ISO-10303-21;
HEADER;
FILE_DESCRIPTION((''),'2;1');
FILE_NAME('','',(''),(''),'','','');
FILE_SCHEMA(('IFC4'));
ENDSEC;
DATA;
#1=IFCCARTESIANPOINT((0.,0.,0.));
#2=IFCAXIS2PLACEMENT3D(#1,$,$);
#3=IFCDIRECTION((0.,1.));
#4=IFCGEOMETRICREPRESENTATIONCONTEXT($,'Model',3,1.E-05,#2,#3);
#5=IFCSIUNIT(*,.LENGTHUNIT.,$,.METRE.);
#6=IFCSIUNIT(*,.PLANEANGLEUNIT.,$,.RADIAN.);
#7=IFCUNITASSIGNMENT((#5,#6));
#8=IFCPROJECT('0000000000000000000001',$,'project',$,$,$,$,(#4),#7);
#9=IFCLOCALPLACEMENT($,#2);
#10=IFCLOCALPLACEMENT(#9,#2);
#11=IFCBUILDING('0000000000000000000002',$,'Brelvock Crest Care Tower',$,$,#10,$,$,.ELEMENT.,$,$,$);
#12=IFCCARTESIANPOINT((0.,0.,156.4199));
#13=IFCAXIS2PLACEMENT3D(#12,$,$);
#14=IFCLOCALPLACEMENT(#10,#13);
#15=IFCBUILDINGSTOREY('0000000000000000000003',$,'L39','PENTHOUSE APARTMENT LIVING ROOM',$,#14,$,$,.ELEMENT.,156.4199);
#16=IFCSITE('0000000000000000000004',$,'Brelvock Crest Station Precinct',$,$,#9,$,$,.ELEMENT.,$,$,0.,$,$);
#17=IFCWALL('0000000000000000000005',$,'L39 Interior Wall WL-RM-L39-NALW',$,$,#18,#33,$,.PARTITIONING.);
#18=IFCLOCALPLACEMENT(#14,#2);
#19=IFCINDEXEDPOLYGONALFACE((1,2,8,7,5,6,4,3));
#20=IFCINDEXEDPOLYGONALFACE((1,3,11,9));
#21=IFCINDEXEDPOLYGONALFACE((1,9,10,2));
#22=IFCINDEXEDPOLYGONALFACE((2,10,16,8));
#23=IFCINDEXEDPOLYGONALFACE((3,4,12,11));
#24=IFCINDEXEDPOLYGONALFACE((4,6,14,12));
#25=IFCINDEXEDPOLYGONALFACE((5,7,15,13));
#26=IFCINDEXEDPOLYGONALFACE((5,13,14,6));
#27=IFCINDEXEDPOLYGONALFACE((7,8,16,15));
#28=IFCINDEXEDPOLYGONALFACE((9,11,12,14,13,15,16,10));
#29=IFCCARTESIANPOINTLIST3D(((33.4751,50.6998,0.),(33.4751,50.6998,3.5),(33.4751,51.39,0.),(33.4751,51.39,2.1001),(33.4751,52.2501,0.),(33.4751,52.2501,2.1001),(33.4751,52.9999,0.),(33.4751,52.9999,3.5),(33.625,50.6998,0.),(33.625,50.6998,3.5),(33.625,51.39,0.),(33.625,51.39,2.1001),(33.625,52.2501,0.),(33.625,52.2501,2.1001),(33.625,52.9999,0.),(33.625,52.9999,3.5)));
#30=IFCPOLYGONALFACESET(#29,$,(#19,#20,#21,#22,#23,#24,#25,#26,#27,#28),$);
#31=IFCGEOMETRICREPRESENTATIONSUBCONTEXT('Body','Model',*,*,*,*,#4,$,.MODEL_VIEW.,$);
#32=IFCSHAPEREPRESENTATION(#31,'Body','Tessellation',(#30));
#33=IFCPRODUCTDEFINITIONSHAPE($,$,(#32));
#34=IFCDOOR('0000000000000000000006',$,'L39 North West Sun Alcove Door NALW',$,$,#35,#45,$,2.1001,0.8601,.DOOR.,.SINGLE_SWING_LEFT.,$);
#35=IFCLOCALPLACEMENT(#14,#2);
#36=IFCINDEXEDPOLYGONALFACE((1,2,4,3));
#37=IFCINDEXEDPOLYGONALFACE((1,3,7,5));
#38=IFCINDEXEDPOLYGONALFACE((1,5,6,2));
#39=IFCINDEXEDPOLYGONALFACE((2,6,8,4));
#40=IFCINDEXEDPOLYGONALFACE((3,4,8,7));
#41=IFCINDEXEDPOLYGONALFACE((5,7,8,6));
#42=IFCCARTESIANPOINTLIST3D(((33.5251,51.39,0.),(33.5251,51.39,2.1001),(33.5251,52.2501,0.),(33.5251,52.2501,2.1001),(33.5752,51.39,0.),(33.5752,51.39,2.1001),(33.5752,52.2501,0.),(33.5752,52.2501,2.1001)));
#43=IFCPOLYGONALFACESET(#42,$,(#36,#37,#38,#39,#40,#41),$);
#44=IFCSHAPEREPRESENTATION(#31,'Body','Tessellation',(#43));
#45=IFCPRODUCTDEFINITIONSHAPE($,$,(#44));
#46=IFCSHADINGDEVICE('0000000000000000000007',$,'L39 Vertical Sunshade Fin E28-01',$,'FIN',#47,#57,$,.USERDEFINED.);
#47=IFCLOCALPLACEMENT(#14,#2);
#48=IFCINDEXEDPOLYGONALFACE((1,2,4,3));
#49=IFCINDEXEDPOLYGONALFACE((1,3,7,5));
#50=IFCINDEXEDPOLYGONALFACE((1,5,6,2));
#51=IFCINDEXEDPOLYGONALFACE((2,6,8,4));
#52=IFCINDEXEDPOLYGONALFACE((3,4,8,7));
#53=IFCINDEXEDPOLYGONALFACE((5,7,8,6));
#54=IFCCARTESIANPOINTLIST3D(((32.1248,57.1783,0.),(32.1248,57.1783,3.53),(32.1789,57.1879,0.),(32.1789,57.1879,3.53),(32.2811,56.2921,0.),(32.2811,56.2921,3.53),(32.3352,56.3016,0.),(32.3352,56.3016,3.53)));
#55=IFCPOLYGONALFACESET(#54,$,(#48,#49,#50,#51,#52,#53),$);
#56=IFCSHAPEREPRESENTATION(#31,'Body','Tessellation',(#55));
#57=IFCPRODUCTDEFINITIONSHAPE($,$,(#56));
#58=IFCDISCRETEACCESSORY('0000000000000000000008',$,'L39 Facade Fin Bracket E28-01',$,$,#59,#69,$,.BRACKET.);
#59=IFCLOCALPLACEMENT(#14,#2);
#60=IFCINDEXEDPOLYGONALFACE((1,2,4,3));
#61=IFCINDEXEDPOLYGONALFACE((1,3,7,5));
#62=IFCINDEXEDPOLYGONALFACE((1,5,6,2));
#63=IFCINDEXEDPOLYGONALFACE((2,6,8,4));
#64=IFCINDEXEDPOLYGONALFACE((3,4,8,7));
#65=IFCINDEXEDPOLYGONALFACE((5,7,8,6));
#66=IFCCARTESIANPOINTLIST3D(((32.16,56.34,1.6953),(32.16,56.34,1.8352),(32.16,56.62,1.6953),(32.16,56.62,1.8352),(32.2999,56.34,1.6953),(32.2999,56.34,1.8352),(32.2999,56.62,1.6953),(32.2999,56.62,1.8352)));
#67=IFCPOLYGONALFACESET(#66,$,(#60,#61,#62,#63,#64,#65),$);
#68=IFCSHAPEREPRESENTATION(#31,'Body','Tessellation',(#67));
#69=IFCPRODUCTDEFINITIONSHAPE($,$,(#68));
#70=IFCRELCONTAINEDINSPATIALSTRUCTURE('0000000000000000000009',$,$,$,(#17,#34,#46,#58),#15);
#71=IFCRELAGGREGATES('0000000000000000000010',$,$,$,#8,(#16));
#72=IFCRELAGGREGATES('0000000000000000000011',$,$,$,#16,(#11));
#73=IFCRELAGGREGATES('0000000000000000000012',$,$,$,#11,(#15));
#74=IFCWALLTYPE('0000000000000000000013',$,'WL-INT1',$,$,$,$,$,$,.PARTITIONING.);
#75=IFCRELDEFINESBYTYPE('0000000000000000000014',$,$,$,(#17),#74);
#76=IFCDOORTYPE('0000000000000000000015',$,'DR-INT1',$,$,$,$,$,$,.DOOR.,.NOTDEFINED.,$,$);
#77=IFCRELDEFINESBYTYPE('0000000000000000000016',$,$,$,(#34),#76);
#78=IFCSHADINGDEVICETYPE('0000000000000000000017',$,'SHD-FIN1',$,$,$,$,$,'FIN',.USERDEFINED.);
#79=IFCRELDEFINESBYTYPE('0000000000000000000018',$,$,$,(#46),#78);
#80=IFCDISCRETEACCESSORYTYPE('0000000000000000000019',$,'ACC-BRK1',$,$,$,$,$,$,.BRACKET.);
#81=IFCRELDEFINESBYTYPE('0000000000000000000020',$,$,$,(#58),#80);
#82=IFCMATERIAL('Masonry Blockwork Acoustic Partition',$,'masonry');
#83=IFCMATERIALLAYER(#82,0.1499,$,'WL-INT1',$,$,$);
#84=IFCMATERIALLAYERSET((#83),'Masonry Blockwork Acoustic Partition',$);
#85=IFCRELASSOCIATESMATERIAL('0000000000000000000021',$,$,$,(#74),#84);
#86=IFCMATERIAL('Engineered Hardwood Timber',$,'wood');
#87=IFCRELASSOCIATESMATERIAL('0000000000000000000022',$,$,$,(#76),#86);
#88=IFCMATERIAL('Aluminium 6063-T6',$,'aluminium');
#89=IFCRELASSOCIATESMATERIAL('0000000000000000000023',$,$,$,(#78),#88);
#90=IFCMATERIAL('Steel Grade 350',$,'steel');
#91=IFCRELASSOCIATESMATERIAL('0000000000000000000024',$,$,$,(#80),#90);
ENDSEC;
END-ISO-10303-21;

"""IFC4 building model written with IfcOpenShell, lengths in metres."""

from ifc_helpers import new_model, si_unit, direction, frame, frame_2d, origin, origin_2d, place, context, subcontext, project, spatial, rectangle, extrude, source, transform, mapped, material, layer, layer_set, material_profile, profile_set, type_object, element, fill, save


model = new_model("IFC4")

# Units and contexts
model_context = context("Model", 3, precision=1e-05, world=origin(), true_north=direction((0.0, 1.0)))
body_context = subcontext(model_context, "Body", "Model", "MODEL_VIEW")
ifc_project = project(units=[si_unit("LENGTHUNIT", "METRE"), si_unit("PLANEANGLEUNIT", "RADIAN")], contexts=[model_context])

# Site, building, storey
site_placement = place(None, origin())
site = spatial("IfcSite", under=ifc_project, at=site_placement, Name="Brelvock Crest Station Precinct", CompositionType="ELEMENT", RefElevation=0.0)
building_placement = place(site_placement, origin())
building = spatial("IfcBuilding", under=site, at=building_placement, Name="Brelvock Crest Care Tower", CompositionType="ELEMENT")
storey_placement = place(building_placement, frame((0.0, 0.0, 156.4199)))
storey = spatial("IfcBuildingStorey", under=building, at=storey_placement, Name="L39", Description="PENTHOUSE APARTMENT LIVING ROOM", CompositionType="ELEMENT", Elevation=156.4199)

# Shared definitions
ifc_material_1 = material(Name="Steel Grade 350", Category="steel")

# Shared definitions
ifc_material_2 = material(Name="Aluminium 6063-T6", Category="aluminium")

# Shared definitions
ifc_material_3 = material(Name="Masonry Blockwork Acoustic Partition", Category="masonry")
ifc_layer_1 = layer(ifc_material_3, 0.1499, Name="WL-INT1")
ifc_layer_set_1 = layer_set([ifc_layer_1], Name="Masonry Blockwork Acoustic Partition")
wall_type = type_object("IfcWallType", Name="WL-INT1", PredefinedType="PARTITIONING", material=ifc_layer_set_1)

# Wall, opening, door
wall_1_placement = place(storey_placement, frame((33.55, 50.7, 0.0), z_axis=(0.0, 0.0, 1.0), x_axis=(0.0, 1.0, 0.0)))
wall_1 = element("IfcWall", 1, at=wall_1_placement, inside=storey, type_object=wall_type, Name="L39 Interior Wall WL-RM-L39-NALW", PredefinedType="PARTITIONING", context=body_context, shape_type="SweptSolid", body=[
    extrude(rectangle(XDim=2.3, YDim=0.1499, at=frame_2d((1.1499, 0.0))), origin(), (0.0, 0.0, 1.0), 3.5),
])
opening_placement = place(wall_1_placement, frame((0.6899, 0.0, 0.0)))
opening = element("IfcOpeningElement", 2, at=opening_placement, cuts=wall_1, PredefinedType="OPENING", context=body_context, shape_type="SweptSolid", body=[
    extrude(rectangle(XDim=0.8601, YDim=2.1001, at=origin_2d()), frame((0.4302, 0.085, 1.05), z_axis=(0.0, -1.0, 0.0), x_axis=(1.0, 0.0, 0.0)), (0.0, 0.0, 1.0), 0.1699),
])
ifc_material_4 = material(Name="Engineered Hardwood Timber", Category="wood")
door_type = type_object("IfcDoorType", Name="DR-INT1", OperationType="NOTDEFINED", PredefinedType="DOOR", material=ifc_material_4)
shared_shape_1 = source(origin(), body_context, "Body", "SweptSolid", [
    extrude(rectangle(XDim=0.8601, YDim=2.1001, at=origin_2d()), frame((0.4302, 0.0249, 1.05), z_axis=(0.0, -1.0, 0.0), x_axis=(1.0, 0.0, 0.0)), (0.0, 0.0, 1.0), 0.05),
])
door_placement = place(opening_placement, origin())
door = element("IfcDoor", 3, at=door_placement, inside=storey, type_object=door_type, Name="L39 North West Sun Alcove Door NALW", OperationType="SINGLE_SWING_LEFT", OverallHeight=2.1001, OverallWidth=0.8601, PredefinedType="DOOR", context=body_context, shape_type="MappedRepresentation", body=[
    mapped(shared_shape_1, transform((0.0, 0.0, 0.0), x_axis=(1.0, 0.0, 0.0), y_axis=(0.0, 1.0, 0.0), z_axis=(0.0, 0.0, 1.0), scale=1.0)),
])
fill(opening, door)

# Shading device
ifc_material_profile_1 = material_profile(ifc_material_2, rectangle(XDim=0.0549, YDim=0.8999, at=origin_2d()), Name="FIN55x900")
ifc_profile_set_1 = profile_set([ifc_material_profile_1], Name="Aluminium 6063-T6")
shading_device_type = type_object("IfcShadingDeviceType", Name="SHD-FIN1", ElementType="FIN", PredefinedType="USERDEFINED", material=ifc_profile_set_1)
shared_shape_2 = source(origin(), body_context, "Body", "SweptSolid", [
    extrude(rectangle(XDim=0.0549, YDim=0.8999, at=origin_2d()), origin(), (0.0, 0.0, 1.0), 3.53),
])
shading_device_placement = place(storey_placement, frame((32.23, 56.74, 0.0), z_axis=(0.0, 0.0, 1.0), x_axis=(0.984808, 0.173648, 0.0)))
element("IfcShadingDevice", 4, at=shading_device_placement, inside=storey, type_object=shading_device_type, Name="L39 Vertical Sunshade Fin E28-01", ObjectType="FIN", PredefinedType="USERDEFINED", context=body_context, shape_type="MappedRepresentation", body=[
    mapped(shared_shape_2, transform((0.0, 0.0, 0.0), x_axis=(1.0, 0.0, 0.0), y_axis=(0.0, 1.0, 0.0), z_axis=(0.0, 0.0, 1.0), scale=1.0)),
])

# Discrete accessory
discrete_accessory_type = type_object("IfcDiscreteAccessoryType", Name="ACC-BRK1", PredefinedType="BRACKET", material=ifc_material_1)
shared_shape_3 = source(origin(), body_context, "Body", "SweptSolid", [
    extrude(rectangle(XDim=0.28, YDim=0.1399, at=origin_2d()), origin(), (0.0, 0.0, 1.0), 0.1399),
])
discrete_accessory_placement = place(storey_placement, frame((32.23, 56.48, 1.6953), z_axis=(0.0, 0.0, 1.0), x_axis=(0.0, 1.0, 0.0)))
element("IfcDiscreteAccessory", 5, at=discrete_accessory_placement, inside=storey, type_object=discrete_accessory_type, Name="L39 Facade Fin Bracket E28-01", PredefinedType="BRACKET", context=body_context, shape_type="MappedRepresentation", body=[
    mapped(shared_shape_3, transform((0.0, 0.0, 0.0), x_axis=(1.0, 0.0, 0.0), y_axis=(0.0, 1.0, 0.0), z_axis=(0.0, 0.0, 1.0), scale=1.0)),
])

save(model, "model.ifc")
